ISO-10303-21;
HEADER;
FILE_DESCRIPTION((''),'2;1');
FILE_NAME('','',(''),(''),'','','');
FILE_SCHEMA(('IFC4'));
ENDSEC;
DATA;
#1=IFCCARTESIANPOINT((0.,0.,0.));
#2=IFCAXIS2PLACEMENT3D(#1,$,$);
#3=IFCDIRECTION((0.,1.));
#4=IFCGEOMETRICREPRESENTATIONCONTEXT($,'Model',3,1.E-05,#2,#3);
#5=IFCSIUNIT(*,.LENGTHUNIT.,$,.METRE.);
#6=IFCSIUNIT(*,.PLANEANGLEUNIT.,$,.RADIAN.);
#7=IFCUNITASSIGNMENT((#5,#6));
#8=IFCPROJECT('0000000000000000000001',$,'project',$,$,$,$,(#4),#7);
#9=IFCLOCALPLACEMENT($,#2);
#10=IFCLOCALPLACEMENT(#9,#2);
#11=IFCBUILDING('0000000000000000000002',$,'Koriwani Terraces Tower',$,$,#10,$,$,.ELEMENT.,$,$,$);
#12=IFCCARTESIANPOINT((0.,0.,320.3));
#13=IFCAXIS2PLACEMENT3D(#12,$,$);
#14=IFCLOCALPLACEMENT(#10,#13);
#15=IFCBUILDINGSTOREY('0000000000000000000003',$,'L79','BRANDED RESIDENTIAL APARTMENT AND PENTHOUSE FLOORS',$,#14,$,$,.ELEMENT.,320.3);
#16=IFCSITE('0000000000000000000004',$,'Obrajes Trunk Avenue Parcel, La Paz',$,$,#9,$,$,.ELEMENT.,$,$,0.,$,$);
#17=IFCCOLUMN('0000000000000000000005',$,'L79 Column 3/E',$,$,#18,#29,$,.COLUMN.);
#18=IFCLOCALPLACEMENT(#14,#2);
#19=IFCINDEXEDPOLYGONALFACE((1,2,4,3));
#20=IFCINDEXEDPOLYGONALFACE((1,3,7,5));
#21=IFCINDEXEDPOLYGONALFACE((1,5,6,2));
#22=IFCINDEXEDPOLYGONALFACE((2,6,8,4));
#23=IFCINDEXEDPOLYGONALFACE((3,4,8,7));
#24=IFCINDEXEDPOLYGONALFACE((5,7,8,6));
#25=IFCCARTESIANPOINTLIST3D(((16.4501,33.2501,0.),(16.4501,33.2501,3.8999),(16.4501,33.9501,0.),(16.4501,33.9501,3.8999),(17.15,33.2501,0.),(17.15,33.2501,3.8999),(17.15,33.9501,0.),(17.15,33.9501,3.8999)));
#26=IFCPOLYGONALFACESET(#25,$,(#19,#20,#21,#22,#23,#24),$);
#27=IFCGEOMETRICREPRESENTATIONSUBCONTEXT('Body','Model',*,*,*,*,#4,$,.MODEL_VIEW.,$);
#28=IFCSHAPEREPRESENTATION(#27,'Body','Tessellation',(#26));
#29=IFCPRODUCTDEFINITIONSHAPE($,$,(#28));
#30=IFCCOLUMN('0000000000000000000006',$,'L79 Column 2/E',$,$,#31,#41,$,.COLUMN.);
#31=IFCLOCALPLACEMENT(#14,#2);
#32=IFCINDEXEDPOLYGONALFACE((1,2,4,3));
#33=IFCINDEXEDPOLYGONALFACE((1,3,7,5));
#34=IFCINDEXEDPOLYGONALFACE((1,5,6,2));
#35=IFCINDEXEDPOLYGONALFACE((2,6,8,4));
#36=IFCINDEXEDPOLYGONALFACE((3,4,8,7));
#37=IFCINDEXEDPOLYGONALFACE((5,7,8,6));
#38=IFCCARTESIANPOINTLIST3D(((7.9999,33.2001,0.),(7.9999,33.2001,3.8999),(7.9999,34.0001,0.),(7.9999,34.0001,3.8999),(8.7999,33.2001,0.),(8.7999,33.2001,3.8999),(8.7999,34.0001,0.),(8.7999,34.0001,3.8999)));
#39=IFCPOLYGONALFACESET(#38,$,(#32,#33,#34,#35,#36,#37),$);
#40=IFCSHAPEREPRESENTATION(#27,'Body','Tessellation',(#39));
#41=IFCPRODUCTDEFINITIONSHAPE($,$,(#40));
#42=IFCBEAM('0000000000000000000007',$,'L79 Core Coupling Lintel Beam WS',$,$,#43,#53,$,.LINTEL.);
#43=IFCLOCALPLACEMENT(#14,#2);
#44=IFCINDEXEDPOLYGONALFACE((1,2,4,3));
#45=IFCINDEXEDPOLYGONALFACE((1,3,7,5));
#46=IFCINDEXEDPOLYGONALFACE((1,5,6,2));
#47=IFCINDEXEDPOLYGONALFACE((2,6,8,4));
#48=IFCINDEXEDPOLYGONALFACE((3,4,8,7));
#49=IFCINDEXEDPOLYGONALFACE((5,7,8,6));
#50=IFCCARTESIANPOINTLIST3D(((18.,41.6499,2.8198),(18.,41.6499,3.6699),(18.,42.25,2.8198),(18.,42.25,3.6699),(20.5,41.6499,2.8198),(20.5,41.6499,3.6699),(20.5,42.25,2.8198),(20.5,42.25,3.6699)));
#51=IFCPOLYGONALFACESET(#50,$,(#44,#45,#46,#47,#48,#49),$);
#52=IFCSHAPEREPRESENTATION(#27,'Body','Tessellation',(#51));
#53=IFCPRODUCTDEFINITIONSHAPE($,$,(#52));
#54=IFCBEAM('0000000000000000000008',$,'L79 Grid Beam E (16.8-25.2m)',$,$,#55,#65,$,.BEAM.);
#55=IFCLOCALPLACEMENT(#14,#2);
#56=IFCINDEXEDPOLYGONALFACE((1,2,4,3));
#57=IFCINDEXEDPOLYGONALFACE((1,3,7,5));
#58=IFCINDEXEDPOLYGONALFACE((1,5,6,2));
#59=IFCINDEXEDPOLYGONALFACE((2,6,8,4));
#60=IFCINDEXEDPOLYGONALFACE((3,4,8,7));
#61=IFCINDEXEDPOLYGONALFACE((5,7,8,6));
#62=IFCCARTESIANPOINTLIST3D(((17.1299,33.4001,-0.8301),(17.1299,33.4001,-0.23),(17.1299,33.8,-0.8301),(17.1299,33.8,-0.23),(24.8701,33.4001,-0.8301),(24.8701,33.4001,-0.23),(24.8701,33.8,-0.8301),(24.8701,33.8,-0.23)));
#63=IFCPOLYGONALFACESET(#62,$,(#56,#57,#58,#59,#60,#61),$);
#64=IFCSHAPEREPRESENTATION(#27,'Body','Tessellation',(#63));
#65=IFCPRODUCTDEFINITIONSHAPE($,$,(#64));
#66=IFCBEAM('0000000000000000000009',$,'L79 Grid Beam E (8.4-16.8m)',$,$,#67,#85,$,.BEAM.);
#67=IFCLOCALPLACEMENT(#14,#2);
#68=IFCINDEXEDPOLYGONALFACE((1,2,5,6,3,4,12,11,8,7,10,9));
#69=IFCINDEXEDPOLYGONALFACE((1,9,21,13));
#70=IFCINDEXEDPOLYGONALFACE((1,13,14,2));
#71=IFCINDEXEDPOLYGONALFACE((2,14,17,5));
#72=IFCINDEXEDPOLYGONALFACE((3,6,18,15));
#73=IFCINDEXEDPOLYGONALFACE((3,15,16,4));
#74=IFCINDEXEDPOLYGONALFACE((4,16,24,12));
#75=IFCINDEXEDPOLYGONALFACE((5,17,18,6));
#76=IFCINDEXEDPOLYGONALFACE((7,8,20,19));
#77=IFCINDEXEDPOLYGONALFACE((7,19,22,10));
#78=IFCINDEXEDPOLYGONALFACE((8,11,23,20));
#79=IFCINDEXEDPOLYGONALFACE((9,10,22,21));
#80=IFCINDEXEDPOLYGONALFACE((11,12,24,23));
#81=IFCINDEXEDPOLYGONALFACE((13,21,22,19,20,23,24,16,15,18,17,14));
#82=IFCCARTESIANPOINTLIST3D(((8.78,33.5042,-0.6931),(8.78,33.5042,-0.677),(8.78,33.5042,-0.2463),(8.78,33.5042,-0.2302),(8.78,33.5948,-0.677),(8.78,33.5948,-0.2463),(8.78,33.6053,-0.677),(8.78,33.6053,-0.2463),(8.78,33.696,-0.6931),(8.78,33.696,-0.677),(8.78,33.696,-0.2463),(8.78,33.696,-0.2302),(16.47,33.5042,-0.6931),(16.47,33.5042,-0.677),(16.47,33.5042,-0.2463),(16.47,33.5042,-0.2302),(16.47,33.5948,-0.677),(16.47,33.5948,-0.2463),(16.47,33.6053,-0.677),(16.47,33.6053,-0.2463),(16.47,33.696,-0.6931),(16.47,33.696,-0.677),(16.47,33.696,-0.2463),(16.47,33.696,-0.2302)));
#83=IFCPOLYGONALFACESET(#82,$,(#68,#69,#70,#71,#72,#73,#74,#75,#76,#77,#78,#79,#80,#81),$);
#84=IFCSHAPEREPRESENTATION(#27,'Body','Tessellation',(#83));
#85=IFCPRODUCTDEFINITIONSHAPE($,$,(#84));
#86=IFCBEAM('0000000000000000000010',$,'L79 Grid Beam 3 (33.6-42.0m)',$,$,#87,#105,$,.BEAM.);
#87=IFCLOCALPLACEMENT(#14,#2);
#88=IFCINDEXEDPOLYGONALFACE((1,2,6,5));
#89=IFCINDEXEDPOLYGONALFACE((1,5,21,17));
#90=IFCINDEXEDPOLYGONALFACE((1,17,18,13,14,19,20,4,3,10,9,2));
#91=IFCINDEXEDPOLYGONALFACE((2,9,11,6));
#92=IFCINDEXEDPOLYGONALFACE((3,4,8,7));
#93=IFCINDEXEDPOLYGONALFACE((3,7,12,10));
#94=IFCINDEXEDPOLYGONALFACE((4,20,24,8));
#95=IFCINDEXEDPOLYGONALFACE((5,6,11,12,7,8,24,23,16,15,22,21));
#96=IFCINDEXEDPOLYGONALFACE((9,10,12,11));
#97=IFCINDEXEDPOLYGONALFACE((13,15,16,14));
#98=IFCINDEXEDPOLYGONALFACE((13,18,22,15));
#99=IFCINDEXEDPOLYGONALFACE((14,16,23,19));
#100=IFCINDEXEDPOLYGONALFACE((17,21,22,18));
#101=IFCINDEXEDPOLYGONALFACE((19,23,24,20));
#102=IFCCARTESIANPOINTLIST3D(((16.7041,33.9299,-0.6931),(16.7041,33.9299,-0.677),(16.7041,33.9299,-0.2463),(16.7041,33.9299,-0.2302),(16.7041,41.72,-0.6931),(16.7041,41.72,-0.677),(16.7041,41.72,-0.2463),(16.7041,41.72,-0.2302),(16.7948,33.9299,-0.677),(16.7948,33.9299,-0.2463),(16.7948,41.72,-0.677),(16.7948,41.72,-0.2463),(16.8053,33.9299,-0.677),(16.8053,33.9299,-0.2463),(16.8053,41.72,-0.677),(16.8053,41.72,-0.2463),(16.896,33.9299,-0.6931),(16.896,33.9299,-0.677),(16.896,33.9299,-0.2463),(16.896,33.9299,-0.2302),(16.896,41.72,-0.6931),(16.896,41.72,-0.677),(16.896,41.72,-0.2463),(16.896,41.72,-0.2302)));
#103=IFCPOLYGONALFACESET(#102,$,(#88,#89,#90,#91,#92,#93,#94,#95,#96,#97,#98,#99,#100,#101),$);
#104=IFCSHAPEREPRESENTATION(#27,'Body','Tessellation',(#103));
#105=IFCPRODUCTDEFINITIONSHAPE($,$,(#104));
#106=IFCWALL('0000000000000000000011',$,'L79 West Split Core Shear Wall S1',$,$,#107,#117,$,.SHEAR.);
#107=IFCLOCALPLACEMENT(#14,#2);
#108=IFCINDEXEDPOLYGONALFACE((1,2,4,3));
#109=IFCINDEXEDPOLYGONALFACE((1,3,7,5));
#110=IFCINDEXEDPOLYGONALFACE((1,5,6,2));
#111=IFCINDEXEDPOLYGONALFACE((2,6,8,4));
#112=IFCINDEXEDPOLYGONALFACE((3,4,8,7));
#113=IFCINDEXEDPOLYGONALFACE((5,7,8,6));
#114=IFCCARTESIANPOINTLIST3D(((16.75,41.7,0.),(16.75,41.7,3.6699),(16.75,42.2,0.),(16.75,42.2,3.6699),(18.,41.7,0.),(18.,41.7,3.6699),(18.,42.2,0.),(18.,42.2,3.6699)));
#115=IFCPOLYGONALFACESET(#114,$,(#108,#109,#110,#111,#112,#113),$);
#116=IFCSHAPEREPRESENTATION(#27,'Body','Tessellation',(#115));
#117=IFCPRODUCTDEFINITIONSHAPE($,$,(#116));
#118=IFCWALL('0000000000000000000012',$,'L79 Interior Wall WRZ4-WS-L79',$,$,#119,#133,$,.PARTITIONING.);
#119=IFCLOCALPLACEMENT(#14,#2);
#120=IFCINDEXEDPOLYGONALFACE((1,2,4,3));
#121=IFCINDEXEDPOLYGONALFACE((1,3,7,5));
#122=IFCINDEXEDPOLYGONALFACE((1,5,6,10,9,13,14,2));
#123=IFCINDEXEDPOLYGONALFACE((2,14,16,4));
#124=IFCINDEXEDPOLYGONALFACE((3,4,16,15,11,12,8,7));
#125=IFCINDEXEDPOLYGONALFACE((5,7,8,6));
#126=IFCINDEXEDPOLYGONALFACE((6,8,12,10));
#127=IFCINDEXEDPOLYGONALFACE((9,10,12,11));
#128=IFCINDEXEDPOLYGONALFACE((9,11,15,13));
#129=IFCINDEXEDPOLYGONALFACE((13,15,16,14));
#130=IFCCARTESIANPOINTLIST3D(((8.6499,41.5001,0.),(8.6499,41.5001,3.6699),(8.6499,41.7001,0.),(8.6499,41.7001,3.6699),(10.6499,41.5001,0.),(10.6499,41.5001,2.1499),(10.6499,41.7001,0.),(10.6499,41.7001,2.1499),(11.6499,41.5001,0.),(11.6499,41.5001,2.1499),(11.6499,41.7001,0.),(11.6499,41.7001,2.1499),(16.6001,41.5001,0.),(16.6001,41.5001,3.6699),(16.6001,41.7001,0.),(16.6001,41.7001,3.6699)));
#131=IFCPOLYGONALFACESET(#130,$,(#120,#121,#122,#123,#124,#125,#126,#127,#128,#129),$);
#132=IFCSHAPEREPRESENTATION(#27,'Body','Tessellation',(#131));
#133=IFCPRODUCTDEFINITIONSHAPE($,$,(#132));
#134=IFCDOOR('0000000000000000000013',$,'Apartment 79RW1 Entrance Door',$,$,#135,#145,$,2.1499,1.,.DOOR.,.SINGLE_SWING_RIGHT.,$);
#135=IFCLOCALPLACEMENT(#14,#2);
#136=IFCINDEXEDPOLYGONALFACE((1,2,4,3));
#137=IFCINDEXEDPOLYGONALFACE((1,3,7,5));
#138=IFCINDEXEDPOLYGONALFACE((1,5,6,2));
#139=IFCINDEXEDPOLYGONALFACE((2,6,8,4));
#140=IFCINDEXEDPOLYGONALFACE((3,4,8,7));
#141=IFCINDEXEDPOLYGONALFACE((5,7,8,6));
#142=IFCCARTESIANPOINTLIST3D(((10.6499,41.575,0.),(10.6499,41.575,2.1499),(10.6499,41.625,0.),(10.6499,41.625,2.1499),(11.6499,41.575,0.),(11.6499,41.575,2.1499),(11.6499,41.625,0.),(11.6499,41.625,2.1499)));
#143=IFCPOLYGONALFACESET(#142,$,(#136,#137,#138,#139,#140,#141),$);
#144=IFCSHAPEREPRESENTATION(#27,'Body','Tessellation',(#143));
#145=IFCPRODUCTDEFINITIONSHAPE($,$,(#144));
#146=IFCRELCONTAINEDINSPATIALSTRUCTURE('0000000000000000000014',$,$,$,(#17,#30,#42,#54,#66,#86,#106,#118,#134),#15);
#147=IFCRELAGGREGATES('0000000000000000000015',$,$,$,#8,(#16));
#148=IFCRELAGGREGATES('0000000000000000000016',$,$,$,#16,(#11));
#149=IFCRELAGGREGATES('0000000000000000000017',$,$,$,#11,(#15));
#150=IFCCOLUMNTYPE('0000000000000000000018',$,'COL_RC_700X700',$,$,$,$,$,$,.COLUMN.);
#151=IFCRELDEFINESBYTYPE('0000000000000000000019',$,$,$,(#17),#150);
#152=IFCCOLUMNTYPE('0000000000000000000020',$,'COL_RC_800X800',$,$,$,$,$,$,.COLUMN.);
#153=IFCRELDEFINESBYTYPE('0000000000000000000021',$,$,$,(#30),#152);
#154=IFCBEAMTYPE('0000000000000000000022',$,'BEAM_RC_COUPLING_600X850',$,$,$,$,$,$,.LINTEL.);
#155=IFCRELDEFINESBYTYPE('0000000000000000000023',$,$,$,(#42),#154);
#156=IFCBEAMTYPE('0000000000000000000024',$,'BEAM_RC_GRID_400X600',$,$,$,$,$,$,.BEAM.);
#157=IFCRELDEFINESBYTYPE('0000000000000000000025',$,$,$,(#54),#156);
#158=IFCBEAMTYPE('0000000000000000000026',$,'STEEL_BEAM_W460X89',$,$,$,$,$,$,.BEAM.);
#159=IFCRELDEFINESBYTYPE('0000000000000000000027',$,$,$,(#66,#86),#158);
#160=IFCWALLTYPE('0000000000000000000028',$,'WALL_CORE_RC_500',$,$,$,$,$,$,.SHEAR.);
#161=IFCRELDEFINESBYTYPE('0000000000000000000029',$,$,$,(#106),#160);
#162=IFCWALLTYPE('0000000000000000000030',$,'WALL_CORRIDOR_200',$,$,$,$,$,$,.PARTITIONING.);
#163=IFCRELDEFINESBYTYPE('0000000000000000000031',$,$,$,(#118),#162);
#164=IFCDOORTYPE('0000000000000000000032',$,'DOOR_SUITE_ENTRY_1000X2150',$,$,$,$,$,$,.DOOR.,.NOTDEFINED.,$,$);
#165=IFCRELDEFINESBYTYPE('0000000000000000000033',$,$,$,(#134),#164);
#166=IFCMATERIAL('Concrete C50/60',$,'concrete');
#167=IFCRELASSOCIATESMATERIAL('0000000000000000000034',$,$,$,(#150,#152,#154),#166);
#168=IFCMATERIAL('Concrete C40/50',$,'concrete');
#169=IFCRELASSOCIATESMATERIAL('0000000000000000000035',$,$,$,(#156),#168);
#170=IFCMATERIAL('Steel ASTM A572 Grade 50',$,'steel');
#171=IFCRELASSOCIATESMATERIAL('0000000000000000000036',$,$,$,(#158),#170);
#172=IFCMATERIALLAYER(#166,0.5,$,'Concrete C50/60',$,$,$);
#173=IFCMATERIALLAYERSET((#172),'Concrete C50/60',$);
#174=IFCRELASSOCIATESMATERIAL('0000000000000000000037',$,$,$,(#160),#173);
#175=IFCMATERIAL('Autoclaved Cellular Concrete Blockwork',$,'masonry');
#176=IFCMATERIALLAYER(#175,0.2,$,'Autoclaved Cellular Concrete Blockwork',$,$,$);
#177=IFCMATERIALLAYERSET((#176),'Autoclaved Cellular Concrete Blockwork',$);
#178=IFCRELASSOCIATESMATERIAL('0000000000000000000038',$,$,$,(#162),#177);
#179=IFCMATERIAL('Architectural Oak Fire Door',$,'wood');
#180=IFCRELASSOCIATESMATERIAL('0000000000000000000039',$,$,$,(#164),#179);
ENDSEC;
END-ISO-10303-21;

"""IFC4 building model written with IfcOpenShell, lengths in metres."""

from ifc_helpers import new_model, si_unit, direction, frame, frame_2d, origin, origin_2d, place, context, subcontext, project, spatial, rectangle, i_section, extrude, material, layer, layer_set, material_profile, profile_set, type_object, element, fill, save


model = new_model("IFC4")

# Units and contexts
model_context = context("Model", 3, precision=1e-05, world=origin(), true_north=direction((0.0, 1.0)))
body_context = subcontext(model_context, "Body", "Model", "MODEL_VIEW")
ifc_project = project(units=[si_unit("LENGTHUNIT", "METRE"), si_unit("PLANEANGLEUNIT", "RADIAN")], contexts=[model_context])

# Site, building, storey
site_placement = place(None, origin())
site = spatial("IfcSite", under=ifc_project, at=site_placement, Name="Obrajes Trunk Avenue Parcel, La Paz", CompositionType="ELEMENT", RefElevation=0.0)
building_placement = place(site_placement, origin())
building = spatial("IfcBuilding", under=site, at=building_placement, Name="Koriwani Terraces Tower", CompositionType="ELEMENT")
storey_placement = place(building_placement, frame((0.0, 0.0, 320.3)))
storey = spatial("IfcBuildingStorey", under=building, at=storey_placement, Name="L79", Description="BRANDED RESIDENTIAL APARTMENT AND PENTHOUSE FLOORS", CompositionType="ELEMENT", Elevation=320.3)

# Columns
ifc_material_1 = material(Name="Concrete C50/60", Category="concrete")
ifc_material_profile_1 = material_profile(ifc_material_1, rectangle(XDim=0.7, YDim=0.7, at=origin_2d()), Name="Concrete C50/60", Category="LoadBearing")
ifc_profile_set_1 = profile_set([ifc_material_profile_1], Name="Concrete C50/60")
column_type_1 = type_object("IfcColumnType", Name="COL_RC_700X700", PredefinedType="COLUMN", material=ifc_profile_set_1)
column_1_placement = place(storey_placement, frame((16.8, 33.6001, 0.0), z_axis=(0.0, 0.0, 1.0), x_axis=(1.0, 0.0, 0.0)))
element("IfcColumn", 1, at=column_1_placement, inside=storey, type_object=column_type_1, Name="L79 Column 3/E", PredefinedType="COLUMN", context=body_context, shape_type="SweptSolid", body=[
    extrude(rectangle(XDim=0.7, YDim=0.7, at=origin_2d()), origin(), (0.0, 0.0, 1.0), 3.8999),
])
ifc_material_profile_2 = material_profile(ifc_material_1, rectangle(XDim=0.8, YDim=0.8, at=origin_2d()), Name="Concrete C50/60", Category="LoadBearing")
ifc_profile_set_2 = profile_set([ifc_material_profile_2], Name="Concrete C50/60")
column_type_2 = type_object("IfcColumnType", Name="COL_RC_800X800", PredefinedType="COLUMN", material=ifc_profile_set_2)
column_2_placement = place(storey_placement, frame((8.3999, 33.6001, 0.0), z_axis=(0.0, 0.0, 1.0), x_axis=(1.0, 0.0, 0.0)))
element("IfcColumn", 2, at=column_2_placement, inside=storey, type_object=column_type_2, Name="L79 Column 2/E", PredefinedType="COLUMN", context=body_context, shape_type="SweptSolid", body=[
    extrude(rectangle(XDim=0.8, YDim=0.8, at=origin_2d()), origin(), (0.0, 0.0, 1.0), 3.8999),
])

# Beams
ifc_material_profile_3 = material_profile(ifc_material_1, rectangle(XDim=0.6001, YDim=0.8501, at=origin_2d()), Name="Concrete C50/60", Category="LoadBearing")
ifc_profile_set_3 = profile_set([ifc_material_profile_3], Name="Concrete C50/60")
beam_type_1 = type_object("IfcBeamType", Name="BEAM_RC_COUPLING_600X850", PredefinedType="LINTEL", material=ifc_profile_set_3)
beam_1_placement = place(storey_placement, frame((18.0, 41.95, 3.2449), z_axis=(1.0, 0.0, 0.0), x_axis=(0.0, 1.0, 0.0)))
element("IfcBeam", 3, at=beam_1_placement, inside=storey, type_object=beam_type_1, Name="L79 Core Coupling Lintel Beam WS", PredefinedType="LINTEL", context=body_context, shape_type="SweptSolid", body=[
    extrude(rectangle(XDim=0.6001, YDim=0.8501, at=origin_2d()), origin(), (0.0, 0.0, 1.0), 2.5),
])
ifc_material_2 = material(Name="Concrete C40/50", Category="concrete")
ifc_material_profile_4 = material_profile(ifc_material_2, rectangle(XDim=0.3999, YDim=0.6001, at=origin_2d()), Name="Concrete C40/50", Category="LoadBearing")
ifc_profile_set_4 = profile_set([ifc_material_profile_4], Name="Concrete C40/50")
beam_type_2 = type_object("IfcBeamType", Name="BEAM_RC_GRID_400X600", PredefinedType="BEAM", material=ifc_profile_set_4)
beam_2_placement = place(storey_placement, frame((17.1299, 33.6001, -0.53), z_axis=(1.0, 0.0, 0.0), x_axis=(0.0, 1.0, 0.0)))
element("IfcBeam", 4, at=beam_2_placement, inside=storey, type_object=beam_type_2, Name="L79 Grid Beam E (16.8-25.2m)", PredefinedType="BEAM", context=body_context, shape_type="SweptSolid", body=[
    extrude(rectangle(XDim=0.3999, YDim=0.6001, at=origin_2d()), origin(), (0.0, 0.0, 1.0), 7.7402),
])
ifc_material_3 = material(Name="Steel ASTM A572 Grade 50", Category="steel")
ifc_material_profile_5 = material_profile(ifc_material_3, i_section(OverallWidth=0.1919, OverallDepth=0.4629, WebThickness=0.0105, FlangeThickness=0.0161, at=origin_2d()), Name="Steel ASTM A572 Grade 50", Category="LoadBearing")
ifc_profile_set_5 = profile_set([ifc_material_profile_5], Name="Steel ASTM A572 Grade 50")
beam_type_3 = type_object("IfcBeamType", Name="STEEL_BEAM_W460X89", PredefinedType="BEAM", material=ifc_profile_set_5)
beam_3_placement = place(storey_placement, frame((8.78, 33.6001, -0.4617), z_axis=(1.0, 0.0, 0.0), x_axis=(0.0, 1.0, 0.0)))
element("IfcBeam", 5, at=beam_3_placement, inside=storey, type_object=beam_type_3, Name="L79 Grid Beam E (8.4-16.8m)", PredefinedType="BEAM", context=body_context, shape_type="SweptSolid", body=[
    extrude(i_section(OverallWidth=0.1919, OverallDepth=0.4629, WebThickness=0.0105, FlangeThickness=0.0161, at=origin_2d()), origin(), (0.0, 0.0, 1.0), 7.6899),
])
beam_4_placement = place(storey_placement, frame((16.8, 33.9299, -0.4617), z_axis=(0.0, 1.0, 0.0), x_axis=(-1.0, 0.0, 0.0)))
element("IfcBeam", 6, at=beam_4_placement, inside=storey, type_object=beam_type_3, Name="L79 Grid Beam 3 (33.6-42.0m)", PredefinedType="BEAM", context=body_context, shape_type="SweptSolid", body=[
    extrude(i_section(OverallWidth=0.1919, OverallDepth=0.4629, WebThickness=0.0105, FlangeThickness=0.0161, at=origin_2d()), origin(), (0.0, 0.0, 1.0), 7.79),
])

# Wall
ifc_layer_1 = layer(ifc_material_1, 0.5, Name="Concrete C50/60")
ifc_layer_set_1 = layer_set([ifc_layer_1], Name="Concrete C50/60")
wall_type_1 = type_object("IfcWallType", Name="WALL_CORE_RC_500", PredefinedType="SHEAR", material=ifc_layer_set_1)
wall_1_placement = place(storey_placement, frame((16.75, 41.95, 0.0), z_axis=(0.0, 0.0, 1.0), x_axis=(1.0, 0.0, 0.0)))
element("IfcWall", 7, at=wall_1_placement, inside=storey, type_object=wall_type_1, Name="L79 West Split Core Shear Wall S1", PredefinedType="SHEAR", context=body_context, shape_type="SweptSolid", body=[
    extrude(rectangle(XDim=1.25, YDim=0.5, at=frame_2d((0.625, 0.0))), origin(), (0.0, 0.0, 1.0), 3.6699),
])

# Wall, opening, door
ifc_material_4 = material(Name="Autoclaved Cellular Concrete Blockwork", Category="masonry")
ifc_layer_2 = layer(ifc_material_4, 0.2, Name="Autoclaved Cellular Concrete Blockwork")
ifc_layer_set_2 = layer_set([ifc_layer_2], Name="Autoclaved Cellular Concrete Blockwork")
wall_type_2 = type_object("IfcWallType", Name="WALL_CORRIDOR_200", PredefinedType="PARTITIONING", material=ifc_layer_set_2)
wall_2_placement = place(storey_placement, frame((8.6499, 41.6001, 0.0), z_axis=(0.0, 0.0, 1.0), x_axis=(1.0, 0.0, 0.0)))
wall_2 = element("IfcWall", 8, at=wall_2_placement, inside=storey, type_object=wall_type_2, Name="L79 Interior Wall WRZ4-WS-L79", PredefinedType="PARTITIONING", context=body_context, shape_type="SweptSolid", body=[
    extrude(rectangle(XDim=7.9502, YDim=0.2, at=frame_2d((3.9751, 0.0))), origin(), (0.0, 0.0, 1.0), 3.6699),
])
opening_1_placement = place(wall_2_placement, frame((2.0, 0.0, 0.0)))
opening_1 = element("IfcOpeningElement", 9, at=opening_1_placement, cuts=wall_2, PredefinedType="OPENING", context=body_context, shape_type="SweptSolid", body=[
    extrude(rectangle(XDim=1.0, YDim=2.1499, at=frame_2d((0.5, 1.075))), frame((0.0, 0.1099, 0.0), z_axis=(0.0, -1.0, 0.0), x_axis=(1.0, 0.0, 0.0)), (0.0, 0.0, 1.0), 0.22),
])
ifc_material_5 = material(Name="Architectural Oak Fire Door", Category="wood")
door_type_1 = type_object("IfcDoorType", Name="DOOR_SUITE_ENTRY_1000X2150", OperationType="NOTDEFINED", PredefinedType="DOOR", material=ifc_material_5)
door_1_placement = place(opening_1_placement, origin())
door_1 = element("IfcDoor", 10, at=door_1_placement, inside=storey, type_object=door_type_1, Name="Apartment 79RW1 Entrance Door", OperationType="SINGLE_SWING_RIGHT", OverallHeight=2.1499, OverallWidth=1.0, PredefinedType="DOOR", context=body_context, shape_type="SweptSolid", body=[
    extrude(rectangle(XDim=1.0, YDim=2.1499, at=frame_2d((0.5, 1.075))), frame((0.0, 0.0249, 0.0), z_axis=(0.0, -1.0, 0.0), x_axis=(1.0, 0.0, 0.0)), (0.0, 0.0, 1.0), 0.05),
])
fill(opening_1, door_1)

save(model, "model.ifc")
